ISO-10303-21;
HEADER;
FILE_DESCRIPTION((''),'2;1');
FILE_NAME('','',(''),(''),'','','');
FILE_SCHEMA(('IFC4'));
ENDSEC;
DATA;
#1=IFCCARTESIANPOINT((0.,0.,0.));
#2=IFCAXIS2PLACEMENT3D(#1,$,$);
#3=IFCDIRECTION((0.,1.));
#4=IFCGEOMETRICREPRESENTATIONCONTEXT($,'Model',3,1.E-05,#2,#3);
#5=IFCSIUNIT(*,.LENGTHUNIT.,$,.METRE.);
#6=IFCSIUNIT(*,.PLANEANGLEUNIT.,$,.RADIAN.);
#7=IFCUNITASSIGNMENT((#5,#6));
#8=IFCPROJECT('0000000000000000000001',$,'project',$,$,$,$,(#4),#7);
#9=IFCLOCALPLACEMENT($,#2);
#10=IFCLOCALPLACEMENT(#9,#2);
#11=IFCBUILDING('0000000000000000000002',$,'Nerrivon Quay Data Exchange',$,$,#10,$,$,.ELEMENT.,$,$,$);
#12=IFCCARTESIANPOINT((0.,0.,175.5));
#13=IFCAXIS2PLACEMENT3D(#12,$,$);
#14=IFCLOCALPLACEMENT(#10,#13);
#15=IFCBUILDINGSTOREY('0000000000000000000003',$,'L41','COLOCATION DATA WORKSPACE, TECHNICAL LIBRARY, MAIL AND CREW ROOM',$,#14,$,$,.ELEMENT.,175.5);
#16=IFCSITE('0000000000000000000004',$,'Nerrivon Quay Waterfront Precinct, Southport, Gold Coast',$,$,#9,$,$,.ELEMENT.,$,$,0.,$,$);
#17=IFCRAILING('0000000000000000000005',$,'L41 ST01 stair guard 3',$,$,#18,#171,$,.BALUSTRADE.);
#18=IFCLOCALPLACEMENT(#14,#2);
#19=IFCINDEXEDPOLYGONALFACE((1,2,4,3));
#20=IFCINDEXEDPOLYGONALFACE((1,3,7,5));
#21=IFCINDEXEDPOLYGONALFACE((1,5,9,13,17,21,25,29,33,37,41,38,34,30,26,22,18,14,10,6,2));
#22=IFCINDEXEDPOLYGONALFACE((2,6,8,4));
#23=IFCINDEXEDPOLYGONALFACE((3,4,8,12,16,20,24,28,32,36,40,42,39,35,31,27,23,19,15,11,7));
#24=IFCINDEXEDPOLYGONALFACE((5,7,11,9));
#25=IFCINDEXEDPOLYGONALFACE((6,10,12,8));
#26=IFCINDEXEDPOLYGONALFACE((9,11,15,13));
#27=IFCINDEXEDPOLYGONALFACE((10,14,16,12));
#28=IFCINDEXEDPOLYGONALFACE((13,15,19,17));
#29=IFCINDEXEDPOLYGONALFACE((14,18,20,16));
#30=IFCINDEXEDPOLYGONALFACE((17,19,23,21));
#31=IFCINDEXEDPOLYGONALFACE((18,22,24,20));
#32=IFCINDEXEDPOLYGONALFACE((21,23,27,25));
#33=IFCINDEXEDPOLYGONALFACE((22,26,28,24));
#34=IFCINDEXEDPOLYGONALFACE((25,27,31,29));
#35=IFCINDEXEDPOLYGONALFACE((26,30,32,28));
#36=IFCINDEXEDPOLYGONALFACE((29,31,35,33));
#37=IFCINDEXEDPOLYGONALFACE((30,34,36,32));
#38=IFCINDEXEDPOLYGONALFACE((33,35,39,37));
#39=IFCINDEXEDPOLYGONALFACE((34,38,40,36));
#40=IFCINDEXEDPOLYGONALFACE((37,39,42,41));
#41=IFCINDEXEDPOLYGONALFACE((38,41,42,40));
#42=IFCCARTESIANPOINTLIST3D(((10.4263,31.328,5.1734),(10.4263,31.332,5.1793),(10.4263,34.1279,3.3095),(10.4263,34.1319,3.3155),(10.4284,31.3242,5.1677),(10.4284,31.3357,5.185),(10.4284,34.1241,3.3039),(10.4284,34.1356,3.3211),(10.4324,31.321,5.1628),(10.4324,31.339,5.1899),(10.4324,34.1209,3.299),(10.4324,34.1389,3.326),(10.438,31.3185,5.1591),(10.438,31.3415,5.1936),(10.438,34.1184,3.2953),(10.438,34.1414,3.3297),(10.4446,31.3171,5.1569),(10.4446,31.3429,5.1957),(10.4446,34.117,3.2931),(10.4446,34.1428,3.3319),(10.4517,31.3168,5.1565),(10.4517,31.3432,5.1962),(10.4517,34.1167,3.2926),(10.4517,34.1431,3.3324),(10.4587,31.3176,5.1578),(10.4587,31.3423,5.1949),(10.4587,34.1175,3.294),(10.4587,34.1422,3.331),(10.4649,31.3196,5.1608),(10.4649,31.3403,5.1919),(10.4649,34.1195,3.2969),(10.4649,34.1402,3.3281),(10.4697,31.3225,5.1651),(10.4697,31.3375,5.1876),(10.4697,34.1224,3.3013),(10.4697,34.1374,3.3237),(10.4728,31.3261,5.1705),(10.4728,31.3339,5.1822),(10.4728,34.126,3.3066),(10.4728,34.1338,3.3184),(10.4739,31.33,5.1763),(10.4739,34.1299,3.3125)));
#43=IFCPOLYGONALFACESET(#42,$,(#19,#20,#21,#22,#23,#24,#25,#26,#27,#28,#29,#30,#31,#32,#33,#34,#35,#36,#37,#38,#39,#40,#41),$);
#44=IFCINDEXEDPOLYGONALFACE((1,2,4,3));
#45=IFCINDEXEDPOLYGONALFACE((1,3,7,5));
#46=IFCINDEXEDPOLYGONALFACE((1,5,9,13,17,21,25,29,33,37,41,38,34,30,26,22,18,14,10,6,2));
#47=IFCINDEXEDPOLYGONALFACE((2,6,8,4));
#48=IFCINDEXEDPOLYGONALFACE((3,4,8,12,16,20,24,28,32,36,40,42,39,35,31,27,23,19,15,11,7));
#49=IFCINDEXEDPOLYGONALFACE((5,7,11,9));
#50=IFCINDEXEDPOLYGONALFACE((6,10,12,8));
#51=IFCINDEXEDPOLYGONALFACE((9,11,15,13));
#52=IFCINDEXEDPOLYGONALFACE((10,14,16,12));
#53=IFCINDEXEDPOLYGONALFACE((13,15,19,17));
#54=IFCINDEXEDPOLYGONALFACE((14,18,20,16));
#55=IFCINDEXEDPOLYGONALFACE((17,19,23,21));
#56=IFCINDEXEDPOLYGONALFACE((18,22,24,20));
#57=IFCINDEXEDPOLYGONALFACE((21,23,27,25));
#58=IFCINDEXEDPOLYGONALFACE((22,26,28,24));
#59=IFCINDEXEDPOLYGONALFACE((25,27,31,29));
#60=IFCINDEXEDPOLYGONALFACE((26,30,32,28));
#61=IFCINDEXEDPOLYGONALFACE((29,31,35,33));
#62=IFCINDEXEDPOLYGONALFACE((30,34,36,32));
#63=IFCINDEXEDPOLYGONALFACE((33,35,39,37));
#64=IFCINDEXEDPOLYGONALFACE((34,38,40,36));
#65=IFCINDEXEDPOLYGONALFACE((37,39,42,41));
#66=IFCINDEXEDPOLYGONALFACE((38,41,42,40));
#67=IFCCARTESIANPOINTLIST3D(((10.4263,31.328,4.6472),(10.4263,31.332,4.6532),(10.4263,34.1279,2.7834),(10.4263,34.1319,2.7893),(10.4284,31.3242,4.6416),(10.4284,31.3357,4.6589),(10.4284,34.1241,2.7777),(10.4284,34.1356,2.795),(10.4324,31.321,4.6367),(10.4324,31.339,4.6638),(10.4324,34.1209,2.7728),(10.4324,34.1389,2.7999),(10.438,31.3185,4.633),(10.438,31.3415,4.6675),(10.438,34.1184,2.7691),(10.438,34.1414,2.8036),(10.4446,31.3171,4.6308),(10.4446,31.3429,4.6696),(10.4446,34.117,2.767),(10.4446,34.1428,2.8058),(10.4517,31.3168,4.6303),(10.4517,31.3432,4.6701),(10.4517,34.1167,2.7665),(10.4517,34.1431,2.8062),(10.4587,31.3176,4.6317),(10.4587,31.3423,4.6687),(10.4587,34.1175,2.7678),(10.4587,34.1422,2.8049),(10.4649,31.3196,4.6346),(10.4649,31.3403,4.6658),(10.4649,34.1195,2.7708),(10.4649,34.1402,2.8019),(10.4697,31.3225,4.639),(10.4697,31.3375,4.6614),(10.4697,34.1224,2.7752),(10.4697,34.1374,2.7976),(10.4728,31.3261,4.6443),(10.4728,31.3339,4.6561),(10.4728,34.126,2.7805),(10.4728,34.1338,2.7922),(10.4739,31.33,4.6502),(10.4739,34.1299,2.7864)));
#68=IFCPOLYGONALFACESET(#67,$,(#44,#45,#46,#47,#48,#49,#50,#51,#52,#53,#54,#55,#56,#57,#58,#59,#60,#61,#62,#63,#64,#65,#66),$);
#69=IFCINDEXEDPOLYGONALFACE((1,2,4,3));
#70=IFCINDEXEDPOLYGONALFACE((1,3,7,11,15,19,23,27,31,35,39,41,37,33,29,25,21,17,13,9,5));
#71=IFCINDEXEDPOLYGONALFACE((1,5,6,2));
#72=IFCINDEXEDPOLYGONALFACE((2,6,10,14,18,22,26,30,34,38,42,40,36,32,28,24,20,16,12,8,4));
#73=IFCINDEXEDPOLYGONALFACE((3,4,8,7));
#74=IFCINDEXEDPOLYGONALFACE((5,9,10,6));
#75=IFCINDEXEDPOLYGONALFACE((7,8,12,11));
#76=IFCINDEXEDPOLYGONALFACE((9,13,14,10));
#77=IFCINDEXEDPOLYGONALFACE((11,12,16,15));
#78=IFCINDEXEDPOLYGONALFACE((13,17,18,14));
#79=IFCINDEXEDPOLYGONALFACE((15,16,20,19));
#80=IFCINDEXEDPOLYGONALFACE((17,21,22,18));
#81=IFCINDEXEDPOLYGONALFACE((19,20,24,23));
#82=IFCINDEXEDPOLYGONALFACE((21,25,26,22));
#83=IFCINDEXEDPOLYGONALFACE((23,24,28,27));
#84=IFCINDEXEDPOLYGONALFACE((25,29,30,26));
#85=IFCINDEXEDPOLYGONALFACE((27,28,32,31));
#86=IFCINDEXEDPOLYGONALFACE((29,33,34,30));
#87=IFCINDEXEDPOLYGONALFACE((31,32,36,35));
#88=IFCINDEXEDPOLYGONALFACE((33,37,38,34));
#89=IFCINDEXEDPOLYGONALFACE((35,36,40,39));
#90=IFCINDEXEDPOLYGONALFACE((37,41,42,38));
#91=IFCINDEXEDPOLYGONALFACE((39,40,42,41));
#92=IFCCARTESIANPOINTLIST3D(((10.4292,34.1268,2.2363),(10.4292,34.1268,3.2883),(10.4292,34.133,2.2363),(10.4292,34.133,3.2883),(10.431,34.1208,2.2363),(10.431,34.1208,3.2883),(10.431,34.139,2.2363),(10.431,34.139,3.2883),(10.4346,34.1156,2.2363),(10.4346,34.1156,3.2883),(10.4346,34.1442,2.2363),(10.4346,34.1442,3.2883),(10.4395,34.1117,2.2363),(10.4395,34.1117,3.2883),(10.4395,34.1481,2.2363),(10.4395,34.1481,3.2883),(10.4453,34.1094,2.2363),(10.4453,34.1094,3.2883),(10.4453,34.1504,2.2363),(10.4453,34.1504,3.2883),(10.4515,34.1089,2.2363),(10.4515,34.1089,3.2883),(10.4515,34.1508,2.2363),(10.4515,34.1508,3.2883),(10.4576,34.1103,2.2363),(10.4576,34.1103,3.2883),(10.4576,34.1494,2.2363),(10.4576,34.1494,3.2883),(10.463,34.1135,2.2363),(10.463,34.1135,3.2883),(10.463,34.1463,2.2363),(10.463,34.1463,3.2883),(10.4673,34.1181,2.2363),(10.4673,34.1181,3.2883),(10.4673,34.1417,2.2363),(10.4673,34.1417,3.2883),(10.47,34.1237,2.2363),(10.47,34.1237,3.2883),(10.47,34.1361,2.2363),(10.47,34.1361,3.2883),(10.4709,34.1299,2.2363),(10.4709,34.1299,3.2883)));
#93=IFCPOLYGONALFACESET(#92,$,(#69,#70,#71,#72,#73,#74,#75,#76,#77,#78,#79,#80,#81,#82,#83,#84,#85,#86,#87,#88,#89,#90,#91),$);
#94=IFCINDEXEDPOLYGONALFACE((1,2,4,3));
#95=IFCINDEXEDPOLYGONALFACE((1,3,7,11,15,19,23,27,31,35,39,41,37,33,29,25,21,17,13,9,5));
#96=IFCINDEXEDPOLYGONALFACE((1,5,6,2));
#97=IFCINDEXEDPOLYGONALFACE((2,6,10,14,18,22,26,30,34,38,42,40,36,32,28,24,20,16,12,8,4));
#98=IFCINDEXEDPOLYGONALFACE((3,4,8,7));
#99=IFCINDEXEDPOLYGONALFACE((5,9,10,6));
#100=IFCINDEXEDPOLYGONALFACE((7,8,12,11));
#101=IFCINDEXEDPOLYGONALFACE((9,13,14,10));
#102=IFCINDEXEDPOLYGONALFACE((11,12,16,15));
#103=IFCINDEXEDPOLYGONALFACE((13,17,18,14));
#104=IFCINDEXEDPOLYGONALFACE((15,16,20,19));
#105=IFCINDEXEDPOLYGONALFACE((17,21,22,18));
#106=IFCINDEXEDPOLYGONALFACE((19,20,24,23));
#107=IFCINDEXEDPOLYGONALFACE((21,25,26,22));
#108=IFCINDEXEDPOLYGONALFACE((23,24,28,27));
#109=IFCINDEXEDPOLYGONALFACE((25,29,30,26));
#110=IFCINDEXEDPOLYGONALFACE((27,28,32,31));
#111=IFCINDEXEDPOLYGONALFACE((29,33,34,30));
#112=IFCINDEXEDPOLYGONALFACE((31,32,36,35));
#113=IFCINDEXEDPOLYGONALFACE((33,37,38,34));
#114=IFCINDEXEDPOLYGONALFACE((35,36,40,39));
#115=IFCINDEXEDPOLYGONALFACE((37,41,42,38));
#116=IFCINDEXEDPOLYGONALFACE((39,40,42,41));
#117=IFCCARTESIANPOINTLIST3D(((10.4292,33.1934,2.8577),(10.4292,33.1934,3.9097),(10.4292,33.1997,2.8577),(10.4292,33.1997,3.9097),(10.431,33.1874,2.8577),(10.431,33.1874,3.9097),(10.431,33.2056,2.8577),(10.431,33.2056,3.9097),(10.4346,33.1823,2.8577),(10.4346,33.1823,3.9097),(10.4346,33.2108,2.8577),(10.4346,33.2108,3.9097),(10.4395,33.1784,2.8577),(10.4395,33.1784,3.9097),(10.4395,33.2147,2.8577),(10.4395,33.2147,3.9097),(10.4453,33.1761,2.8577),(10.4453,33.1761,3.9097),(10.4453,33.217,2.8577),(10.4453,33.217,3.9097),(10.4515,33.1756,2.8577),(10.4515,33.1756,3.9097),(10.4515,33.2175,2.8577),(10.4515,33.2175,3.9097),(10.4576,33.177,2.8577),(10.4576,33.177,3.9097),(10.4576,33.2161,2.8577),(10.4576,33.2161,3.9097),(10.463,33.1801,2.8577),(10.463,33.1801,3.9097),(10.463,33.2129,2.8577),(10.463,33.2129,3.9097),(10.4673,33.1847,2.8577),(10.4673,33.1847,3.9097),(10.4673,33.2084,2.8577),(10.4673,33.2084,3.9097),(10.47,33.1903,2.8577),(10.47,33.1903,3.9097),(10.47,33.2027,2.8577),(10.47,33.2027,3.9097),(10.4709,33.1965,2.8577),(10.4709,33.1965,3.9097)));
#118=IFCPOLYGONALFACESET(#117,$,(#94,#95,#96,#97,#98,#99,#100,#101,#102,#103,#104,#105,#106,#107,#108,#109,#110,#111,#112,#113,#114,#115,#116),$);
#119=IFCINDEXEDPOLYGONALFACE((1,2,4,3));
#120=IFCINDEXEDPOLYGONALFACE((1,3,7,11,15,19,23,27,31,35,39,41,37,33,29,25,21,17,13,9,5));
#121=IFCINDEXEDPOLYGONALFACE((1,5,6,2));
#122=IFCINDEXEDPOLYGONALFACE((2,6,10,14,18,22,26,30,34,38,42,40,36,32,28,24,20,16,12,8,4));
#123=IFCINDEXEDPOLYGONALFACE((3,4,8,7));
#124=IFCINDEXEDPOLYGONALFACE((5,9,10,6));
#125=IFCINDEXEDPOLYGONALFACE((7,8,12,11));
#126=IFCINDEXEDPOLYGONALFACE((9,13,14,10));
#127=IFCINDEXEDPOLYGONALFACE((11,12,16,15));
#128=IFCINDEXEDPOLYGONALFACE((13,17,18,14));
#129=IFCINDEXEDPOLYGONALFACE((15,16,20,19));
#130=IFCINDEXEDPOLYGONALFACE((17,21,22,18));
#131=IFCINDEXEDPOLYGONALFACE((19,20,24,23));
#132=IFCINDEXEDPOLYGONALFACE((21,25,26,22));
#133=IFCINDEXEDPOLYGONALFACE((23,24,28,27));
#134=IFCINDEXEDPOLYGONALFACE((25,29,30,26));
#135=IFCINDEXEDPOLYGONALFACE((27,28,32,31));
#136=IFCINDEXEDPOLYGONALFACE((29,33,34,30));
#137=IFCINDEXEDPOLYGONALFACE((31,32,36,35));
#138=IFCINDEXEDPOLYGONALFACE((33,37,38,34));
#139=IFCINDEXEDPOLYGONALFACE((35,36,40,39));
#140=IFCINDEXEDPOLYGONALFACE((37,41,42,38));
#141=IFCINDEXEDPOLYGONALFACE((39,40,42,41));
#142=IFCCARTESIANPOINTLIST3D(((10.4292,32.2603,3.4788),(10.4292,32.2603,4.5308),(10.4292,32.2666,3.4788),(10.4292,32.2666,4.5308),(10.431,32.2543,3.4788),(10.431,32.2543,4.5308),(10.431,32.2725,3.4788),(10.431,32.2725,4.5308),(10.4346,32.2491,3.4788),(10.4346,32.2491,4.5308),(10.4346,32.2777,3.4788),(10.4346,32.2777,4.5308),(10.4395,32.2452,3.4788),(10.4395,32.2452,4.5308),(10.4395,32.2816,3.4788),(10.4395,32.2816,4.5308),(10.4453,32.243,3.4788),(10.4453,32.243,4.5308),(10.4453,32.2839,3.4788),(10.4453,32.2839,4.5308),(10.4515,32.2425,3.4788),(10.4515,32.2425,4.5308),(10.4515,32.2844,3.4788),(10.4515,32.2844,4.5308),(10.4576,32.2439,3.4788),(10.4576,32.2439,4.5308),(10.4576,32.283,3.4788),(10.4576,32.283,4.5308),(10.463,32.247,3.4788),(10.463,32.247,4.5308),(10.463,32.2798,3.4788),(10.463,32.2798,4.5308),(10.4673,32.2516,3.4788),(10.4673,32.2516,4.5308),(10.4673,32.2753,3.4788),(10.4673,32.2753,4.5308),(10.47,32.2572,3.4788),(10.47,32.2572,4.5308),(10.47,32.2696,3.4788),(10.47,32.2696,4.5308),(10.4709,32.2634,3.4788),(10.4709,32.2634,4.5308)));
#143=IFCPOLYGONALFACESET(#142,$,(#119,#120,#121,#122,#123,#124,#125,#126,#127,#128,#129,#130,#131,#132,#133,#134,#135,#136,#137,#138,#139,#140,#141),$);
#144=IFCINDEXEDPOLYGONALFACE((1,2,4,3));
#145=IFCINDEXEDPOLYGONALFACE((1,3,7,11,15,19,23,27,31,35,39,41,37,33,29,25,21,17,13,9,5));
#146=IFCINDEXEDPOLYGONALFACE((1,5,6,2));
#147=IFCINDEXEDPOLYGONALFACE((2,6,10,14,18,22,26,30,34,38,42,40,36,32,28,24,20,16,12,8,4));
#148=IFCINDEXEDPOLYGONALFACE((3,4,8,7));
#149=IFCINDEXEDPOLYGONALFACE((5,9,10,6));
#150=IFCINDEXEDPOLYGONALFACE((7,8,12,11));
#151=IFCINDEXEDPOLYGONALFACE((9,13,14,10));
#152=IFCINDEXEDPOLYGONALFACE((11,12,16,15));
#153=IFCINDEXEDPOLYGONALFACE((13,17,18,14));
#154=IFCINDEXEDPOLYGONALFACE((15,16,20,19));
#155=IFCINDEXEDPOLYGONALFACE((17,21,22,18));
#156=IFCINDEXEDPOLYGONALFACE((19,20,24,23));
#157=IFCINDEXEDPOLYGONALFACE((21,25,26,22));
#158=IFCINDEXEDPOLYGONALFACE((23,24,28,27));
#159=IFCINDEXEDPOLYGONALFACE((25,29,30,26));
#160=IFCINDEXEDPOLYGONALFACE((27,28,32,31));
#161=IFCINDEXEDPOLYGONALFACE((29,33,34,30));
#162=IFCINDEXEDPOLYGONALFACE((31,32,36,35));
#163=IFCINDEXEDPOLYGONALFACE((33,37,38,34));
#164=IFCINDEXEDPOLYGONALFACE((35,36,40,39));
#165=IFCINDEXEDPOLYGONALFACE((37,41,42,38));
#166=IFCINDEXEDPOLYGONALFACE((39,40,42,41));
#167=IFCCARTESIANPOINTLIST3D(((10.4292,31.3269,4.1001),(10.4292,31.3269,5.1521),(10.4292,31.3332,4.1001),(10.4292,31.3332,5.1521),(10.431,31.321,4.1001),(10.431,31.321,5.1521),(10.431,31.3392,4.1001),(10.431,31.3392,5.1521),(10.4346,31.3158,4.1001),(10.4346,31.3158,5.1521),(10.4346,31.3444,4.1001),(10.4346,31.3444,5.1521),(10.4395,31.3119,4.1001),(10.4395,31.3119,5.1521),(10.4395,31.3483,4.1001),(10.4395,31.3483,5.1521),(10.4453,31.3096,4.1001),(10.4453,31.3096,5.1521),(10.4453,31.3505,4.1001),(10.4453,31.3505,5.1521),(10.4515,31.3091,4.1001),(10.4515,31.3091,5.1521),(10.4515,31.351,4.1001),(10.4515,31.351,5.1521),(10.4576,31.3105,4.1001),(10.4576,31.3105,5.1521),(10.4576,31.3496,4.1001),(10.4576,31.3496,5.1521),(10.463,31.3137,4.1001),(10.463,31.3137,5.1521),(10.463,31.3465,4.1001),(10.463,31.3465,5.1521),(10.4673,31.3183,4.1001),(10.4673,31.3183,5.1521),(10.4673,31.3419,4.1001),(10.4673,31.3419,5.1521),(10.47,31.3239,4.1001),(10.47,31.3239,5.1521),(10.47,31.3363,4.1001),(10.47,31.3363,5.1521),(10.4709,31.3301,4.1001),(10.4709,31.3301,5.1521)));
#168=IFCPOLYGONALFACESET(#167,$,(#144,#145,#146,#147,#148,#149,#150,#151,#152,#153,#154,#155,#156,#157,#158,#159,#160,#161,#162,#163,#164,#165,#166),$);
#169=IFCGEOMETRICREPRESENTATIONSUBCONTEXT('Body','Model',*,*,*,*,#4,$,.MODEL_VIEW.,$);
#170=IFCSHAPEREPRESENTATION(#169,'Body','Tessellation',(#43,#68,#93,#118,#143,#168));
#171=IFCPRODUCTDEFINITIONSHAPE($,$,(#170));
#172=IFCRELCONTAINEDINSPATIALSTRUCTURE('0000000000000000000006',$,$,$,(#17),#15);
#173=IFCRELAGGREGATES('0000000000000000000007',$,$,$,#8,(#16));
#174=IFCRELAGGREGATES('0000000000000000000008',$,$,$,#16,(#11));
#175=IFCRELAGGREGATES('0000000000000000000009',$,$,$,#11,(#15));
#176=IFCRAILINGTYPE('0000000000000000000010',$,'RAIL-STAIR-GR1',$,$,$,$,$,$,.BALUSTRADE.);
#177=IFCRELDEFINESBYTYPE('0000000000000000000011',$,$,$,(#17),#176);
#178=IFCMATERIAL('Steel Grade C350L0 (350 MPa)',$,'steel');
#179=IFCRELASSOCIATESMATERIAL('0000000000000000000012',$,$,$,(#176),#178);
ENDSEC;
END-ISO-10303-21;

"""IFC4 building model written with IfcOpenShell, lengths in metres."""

from ifc_helpers import new_model, si_unit, direction, frame, origin, origin_2d, place, context, subcontext, project, spatial, circle, extrude, material, type_object, element, save


model = new_model("IFC4")

# Units and contexts
model_context = context("Model", 3, precision=1e-05, world=origin(), true_north=direction((0.0, 1.0)))
body_context = subcontext(model_context, "Body", "Model", "MODEL_VIEW")
ifc_project = project(units=[si_unit("LENGTHUNIT", "METRE"), si_unit("PLANEANGLEUNIT", "RADIAN")], contexts=[model_context])

# Site, building, storey
site_placement = place(None, origin())
site = spatial("IfcSite", under=ifc_project, at=site_placement, Name="Nerrivon Quay Waterfront Precinct, Southport, Gold Coast", CompositionType="ELEMENT", RefElevation=0.0)
building_placement = place(site_placement, origin())
building = spatial("IfcBuilding", under=site, at=building_placement, Name="Nerrivon Quay Data Exchange", CompositionType="ELEMENT")
storey_placement = place(building_placement, frame((0.0, 0.0, 175.5)))
storey = spatial("IfcBuildingStorey", under=building, at=storey_placement, Name="L41", Description="COLOCATION DATA WORKSPACE, TECHNICAL LIBRARY, MAIL AND CREW ROOM", CompositionType="ELEMENT", Elevation=175.5)

# Shared definitions
ifc_material_1 = material(Name="Steel Grade C350L0 (350 MPa)", Category="steel")

# Railing
railing_type = type_object("IfcRailingType", Name="RAIL-STAIR-GR1", PredefinedType="BALUSTRADE", material=ifc_material_1)
railing_1_placement = place(storey_placement, frame((10.45, 34.1299, 2.2363)))
element("IfcRailing", 1, at=railing_1_placement, inside=storey, type_object=railing_type, Name="L41 ST01 stair guard 3", PredefinedType="BALUSTRADE", context=body_context, shape_type="SweptSolid", body=[
    extrude(circle(Radius=0.0239, at=origin_2d()), frame((0.0, 0.0, 1.0762), z_axis=(0.0, -0.83243, 0.554131), x_axis=(1.0, 0.0, 0.0)), (0.0, 0.0, 1.0), 3.3635),
    extrude(circle(Radius=0.0239, at=origin_2d()), frame((0.0, 0.0, 0.55), z_axis=(0.0, -0.83243, 0.554131), x_axis=(1.0, 0.0, 0.0)), (0.0, 0.0, 1.0), 3.3635),
    extrude(circle(Radius=0.021, at=origin_2d()), origin(), (0.0, 0.0, 1.0), 1.052),
    extrude(circle(Radius=0.021, at=origin_2d()), frame((0.0, -0.9333, 0.6213)), (0.0, 0.0, 1.0), 1.052),
    extrude(circle(Radius=0.021, at=origin_2d()), frame((0.0, -1.8665, 1.2424)), (0.0, 0.0, 1.0), 1.052),
    extrude(circle(Radius=0.021, at=origin_2d()), frame((0.0, -2.7998, 1.8638)), (0.0, 0.0, 1.0), 1.052),
])

save(model, "model.ifc")
